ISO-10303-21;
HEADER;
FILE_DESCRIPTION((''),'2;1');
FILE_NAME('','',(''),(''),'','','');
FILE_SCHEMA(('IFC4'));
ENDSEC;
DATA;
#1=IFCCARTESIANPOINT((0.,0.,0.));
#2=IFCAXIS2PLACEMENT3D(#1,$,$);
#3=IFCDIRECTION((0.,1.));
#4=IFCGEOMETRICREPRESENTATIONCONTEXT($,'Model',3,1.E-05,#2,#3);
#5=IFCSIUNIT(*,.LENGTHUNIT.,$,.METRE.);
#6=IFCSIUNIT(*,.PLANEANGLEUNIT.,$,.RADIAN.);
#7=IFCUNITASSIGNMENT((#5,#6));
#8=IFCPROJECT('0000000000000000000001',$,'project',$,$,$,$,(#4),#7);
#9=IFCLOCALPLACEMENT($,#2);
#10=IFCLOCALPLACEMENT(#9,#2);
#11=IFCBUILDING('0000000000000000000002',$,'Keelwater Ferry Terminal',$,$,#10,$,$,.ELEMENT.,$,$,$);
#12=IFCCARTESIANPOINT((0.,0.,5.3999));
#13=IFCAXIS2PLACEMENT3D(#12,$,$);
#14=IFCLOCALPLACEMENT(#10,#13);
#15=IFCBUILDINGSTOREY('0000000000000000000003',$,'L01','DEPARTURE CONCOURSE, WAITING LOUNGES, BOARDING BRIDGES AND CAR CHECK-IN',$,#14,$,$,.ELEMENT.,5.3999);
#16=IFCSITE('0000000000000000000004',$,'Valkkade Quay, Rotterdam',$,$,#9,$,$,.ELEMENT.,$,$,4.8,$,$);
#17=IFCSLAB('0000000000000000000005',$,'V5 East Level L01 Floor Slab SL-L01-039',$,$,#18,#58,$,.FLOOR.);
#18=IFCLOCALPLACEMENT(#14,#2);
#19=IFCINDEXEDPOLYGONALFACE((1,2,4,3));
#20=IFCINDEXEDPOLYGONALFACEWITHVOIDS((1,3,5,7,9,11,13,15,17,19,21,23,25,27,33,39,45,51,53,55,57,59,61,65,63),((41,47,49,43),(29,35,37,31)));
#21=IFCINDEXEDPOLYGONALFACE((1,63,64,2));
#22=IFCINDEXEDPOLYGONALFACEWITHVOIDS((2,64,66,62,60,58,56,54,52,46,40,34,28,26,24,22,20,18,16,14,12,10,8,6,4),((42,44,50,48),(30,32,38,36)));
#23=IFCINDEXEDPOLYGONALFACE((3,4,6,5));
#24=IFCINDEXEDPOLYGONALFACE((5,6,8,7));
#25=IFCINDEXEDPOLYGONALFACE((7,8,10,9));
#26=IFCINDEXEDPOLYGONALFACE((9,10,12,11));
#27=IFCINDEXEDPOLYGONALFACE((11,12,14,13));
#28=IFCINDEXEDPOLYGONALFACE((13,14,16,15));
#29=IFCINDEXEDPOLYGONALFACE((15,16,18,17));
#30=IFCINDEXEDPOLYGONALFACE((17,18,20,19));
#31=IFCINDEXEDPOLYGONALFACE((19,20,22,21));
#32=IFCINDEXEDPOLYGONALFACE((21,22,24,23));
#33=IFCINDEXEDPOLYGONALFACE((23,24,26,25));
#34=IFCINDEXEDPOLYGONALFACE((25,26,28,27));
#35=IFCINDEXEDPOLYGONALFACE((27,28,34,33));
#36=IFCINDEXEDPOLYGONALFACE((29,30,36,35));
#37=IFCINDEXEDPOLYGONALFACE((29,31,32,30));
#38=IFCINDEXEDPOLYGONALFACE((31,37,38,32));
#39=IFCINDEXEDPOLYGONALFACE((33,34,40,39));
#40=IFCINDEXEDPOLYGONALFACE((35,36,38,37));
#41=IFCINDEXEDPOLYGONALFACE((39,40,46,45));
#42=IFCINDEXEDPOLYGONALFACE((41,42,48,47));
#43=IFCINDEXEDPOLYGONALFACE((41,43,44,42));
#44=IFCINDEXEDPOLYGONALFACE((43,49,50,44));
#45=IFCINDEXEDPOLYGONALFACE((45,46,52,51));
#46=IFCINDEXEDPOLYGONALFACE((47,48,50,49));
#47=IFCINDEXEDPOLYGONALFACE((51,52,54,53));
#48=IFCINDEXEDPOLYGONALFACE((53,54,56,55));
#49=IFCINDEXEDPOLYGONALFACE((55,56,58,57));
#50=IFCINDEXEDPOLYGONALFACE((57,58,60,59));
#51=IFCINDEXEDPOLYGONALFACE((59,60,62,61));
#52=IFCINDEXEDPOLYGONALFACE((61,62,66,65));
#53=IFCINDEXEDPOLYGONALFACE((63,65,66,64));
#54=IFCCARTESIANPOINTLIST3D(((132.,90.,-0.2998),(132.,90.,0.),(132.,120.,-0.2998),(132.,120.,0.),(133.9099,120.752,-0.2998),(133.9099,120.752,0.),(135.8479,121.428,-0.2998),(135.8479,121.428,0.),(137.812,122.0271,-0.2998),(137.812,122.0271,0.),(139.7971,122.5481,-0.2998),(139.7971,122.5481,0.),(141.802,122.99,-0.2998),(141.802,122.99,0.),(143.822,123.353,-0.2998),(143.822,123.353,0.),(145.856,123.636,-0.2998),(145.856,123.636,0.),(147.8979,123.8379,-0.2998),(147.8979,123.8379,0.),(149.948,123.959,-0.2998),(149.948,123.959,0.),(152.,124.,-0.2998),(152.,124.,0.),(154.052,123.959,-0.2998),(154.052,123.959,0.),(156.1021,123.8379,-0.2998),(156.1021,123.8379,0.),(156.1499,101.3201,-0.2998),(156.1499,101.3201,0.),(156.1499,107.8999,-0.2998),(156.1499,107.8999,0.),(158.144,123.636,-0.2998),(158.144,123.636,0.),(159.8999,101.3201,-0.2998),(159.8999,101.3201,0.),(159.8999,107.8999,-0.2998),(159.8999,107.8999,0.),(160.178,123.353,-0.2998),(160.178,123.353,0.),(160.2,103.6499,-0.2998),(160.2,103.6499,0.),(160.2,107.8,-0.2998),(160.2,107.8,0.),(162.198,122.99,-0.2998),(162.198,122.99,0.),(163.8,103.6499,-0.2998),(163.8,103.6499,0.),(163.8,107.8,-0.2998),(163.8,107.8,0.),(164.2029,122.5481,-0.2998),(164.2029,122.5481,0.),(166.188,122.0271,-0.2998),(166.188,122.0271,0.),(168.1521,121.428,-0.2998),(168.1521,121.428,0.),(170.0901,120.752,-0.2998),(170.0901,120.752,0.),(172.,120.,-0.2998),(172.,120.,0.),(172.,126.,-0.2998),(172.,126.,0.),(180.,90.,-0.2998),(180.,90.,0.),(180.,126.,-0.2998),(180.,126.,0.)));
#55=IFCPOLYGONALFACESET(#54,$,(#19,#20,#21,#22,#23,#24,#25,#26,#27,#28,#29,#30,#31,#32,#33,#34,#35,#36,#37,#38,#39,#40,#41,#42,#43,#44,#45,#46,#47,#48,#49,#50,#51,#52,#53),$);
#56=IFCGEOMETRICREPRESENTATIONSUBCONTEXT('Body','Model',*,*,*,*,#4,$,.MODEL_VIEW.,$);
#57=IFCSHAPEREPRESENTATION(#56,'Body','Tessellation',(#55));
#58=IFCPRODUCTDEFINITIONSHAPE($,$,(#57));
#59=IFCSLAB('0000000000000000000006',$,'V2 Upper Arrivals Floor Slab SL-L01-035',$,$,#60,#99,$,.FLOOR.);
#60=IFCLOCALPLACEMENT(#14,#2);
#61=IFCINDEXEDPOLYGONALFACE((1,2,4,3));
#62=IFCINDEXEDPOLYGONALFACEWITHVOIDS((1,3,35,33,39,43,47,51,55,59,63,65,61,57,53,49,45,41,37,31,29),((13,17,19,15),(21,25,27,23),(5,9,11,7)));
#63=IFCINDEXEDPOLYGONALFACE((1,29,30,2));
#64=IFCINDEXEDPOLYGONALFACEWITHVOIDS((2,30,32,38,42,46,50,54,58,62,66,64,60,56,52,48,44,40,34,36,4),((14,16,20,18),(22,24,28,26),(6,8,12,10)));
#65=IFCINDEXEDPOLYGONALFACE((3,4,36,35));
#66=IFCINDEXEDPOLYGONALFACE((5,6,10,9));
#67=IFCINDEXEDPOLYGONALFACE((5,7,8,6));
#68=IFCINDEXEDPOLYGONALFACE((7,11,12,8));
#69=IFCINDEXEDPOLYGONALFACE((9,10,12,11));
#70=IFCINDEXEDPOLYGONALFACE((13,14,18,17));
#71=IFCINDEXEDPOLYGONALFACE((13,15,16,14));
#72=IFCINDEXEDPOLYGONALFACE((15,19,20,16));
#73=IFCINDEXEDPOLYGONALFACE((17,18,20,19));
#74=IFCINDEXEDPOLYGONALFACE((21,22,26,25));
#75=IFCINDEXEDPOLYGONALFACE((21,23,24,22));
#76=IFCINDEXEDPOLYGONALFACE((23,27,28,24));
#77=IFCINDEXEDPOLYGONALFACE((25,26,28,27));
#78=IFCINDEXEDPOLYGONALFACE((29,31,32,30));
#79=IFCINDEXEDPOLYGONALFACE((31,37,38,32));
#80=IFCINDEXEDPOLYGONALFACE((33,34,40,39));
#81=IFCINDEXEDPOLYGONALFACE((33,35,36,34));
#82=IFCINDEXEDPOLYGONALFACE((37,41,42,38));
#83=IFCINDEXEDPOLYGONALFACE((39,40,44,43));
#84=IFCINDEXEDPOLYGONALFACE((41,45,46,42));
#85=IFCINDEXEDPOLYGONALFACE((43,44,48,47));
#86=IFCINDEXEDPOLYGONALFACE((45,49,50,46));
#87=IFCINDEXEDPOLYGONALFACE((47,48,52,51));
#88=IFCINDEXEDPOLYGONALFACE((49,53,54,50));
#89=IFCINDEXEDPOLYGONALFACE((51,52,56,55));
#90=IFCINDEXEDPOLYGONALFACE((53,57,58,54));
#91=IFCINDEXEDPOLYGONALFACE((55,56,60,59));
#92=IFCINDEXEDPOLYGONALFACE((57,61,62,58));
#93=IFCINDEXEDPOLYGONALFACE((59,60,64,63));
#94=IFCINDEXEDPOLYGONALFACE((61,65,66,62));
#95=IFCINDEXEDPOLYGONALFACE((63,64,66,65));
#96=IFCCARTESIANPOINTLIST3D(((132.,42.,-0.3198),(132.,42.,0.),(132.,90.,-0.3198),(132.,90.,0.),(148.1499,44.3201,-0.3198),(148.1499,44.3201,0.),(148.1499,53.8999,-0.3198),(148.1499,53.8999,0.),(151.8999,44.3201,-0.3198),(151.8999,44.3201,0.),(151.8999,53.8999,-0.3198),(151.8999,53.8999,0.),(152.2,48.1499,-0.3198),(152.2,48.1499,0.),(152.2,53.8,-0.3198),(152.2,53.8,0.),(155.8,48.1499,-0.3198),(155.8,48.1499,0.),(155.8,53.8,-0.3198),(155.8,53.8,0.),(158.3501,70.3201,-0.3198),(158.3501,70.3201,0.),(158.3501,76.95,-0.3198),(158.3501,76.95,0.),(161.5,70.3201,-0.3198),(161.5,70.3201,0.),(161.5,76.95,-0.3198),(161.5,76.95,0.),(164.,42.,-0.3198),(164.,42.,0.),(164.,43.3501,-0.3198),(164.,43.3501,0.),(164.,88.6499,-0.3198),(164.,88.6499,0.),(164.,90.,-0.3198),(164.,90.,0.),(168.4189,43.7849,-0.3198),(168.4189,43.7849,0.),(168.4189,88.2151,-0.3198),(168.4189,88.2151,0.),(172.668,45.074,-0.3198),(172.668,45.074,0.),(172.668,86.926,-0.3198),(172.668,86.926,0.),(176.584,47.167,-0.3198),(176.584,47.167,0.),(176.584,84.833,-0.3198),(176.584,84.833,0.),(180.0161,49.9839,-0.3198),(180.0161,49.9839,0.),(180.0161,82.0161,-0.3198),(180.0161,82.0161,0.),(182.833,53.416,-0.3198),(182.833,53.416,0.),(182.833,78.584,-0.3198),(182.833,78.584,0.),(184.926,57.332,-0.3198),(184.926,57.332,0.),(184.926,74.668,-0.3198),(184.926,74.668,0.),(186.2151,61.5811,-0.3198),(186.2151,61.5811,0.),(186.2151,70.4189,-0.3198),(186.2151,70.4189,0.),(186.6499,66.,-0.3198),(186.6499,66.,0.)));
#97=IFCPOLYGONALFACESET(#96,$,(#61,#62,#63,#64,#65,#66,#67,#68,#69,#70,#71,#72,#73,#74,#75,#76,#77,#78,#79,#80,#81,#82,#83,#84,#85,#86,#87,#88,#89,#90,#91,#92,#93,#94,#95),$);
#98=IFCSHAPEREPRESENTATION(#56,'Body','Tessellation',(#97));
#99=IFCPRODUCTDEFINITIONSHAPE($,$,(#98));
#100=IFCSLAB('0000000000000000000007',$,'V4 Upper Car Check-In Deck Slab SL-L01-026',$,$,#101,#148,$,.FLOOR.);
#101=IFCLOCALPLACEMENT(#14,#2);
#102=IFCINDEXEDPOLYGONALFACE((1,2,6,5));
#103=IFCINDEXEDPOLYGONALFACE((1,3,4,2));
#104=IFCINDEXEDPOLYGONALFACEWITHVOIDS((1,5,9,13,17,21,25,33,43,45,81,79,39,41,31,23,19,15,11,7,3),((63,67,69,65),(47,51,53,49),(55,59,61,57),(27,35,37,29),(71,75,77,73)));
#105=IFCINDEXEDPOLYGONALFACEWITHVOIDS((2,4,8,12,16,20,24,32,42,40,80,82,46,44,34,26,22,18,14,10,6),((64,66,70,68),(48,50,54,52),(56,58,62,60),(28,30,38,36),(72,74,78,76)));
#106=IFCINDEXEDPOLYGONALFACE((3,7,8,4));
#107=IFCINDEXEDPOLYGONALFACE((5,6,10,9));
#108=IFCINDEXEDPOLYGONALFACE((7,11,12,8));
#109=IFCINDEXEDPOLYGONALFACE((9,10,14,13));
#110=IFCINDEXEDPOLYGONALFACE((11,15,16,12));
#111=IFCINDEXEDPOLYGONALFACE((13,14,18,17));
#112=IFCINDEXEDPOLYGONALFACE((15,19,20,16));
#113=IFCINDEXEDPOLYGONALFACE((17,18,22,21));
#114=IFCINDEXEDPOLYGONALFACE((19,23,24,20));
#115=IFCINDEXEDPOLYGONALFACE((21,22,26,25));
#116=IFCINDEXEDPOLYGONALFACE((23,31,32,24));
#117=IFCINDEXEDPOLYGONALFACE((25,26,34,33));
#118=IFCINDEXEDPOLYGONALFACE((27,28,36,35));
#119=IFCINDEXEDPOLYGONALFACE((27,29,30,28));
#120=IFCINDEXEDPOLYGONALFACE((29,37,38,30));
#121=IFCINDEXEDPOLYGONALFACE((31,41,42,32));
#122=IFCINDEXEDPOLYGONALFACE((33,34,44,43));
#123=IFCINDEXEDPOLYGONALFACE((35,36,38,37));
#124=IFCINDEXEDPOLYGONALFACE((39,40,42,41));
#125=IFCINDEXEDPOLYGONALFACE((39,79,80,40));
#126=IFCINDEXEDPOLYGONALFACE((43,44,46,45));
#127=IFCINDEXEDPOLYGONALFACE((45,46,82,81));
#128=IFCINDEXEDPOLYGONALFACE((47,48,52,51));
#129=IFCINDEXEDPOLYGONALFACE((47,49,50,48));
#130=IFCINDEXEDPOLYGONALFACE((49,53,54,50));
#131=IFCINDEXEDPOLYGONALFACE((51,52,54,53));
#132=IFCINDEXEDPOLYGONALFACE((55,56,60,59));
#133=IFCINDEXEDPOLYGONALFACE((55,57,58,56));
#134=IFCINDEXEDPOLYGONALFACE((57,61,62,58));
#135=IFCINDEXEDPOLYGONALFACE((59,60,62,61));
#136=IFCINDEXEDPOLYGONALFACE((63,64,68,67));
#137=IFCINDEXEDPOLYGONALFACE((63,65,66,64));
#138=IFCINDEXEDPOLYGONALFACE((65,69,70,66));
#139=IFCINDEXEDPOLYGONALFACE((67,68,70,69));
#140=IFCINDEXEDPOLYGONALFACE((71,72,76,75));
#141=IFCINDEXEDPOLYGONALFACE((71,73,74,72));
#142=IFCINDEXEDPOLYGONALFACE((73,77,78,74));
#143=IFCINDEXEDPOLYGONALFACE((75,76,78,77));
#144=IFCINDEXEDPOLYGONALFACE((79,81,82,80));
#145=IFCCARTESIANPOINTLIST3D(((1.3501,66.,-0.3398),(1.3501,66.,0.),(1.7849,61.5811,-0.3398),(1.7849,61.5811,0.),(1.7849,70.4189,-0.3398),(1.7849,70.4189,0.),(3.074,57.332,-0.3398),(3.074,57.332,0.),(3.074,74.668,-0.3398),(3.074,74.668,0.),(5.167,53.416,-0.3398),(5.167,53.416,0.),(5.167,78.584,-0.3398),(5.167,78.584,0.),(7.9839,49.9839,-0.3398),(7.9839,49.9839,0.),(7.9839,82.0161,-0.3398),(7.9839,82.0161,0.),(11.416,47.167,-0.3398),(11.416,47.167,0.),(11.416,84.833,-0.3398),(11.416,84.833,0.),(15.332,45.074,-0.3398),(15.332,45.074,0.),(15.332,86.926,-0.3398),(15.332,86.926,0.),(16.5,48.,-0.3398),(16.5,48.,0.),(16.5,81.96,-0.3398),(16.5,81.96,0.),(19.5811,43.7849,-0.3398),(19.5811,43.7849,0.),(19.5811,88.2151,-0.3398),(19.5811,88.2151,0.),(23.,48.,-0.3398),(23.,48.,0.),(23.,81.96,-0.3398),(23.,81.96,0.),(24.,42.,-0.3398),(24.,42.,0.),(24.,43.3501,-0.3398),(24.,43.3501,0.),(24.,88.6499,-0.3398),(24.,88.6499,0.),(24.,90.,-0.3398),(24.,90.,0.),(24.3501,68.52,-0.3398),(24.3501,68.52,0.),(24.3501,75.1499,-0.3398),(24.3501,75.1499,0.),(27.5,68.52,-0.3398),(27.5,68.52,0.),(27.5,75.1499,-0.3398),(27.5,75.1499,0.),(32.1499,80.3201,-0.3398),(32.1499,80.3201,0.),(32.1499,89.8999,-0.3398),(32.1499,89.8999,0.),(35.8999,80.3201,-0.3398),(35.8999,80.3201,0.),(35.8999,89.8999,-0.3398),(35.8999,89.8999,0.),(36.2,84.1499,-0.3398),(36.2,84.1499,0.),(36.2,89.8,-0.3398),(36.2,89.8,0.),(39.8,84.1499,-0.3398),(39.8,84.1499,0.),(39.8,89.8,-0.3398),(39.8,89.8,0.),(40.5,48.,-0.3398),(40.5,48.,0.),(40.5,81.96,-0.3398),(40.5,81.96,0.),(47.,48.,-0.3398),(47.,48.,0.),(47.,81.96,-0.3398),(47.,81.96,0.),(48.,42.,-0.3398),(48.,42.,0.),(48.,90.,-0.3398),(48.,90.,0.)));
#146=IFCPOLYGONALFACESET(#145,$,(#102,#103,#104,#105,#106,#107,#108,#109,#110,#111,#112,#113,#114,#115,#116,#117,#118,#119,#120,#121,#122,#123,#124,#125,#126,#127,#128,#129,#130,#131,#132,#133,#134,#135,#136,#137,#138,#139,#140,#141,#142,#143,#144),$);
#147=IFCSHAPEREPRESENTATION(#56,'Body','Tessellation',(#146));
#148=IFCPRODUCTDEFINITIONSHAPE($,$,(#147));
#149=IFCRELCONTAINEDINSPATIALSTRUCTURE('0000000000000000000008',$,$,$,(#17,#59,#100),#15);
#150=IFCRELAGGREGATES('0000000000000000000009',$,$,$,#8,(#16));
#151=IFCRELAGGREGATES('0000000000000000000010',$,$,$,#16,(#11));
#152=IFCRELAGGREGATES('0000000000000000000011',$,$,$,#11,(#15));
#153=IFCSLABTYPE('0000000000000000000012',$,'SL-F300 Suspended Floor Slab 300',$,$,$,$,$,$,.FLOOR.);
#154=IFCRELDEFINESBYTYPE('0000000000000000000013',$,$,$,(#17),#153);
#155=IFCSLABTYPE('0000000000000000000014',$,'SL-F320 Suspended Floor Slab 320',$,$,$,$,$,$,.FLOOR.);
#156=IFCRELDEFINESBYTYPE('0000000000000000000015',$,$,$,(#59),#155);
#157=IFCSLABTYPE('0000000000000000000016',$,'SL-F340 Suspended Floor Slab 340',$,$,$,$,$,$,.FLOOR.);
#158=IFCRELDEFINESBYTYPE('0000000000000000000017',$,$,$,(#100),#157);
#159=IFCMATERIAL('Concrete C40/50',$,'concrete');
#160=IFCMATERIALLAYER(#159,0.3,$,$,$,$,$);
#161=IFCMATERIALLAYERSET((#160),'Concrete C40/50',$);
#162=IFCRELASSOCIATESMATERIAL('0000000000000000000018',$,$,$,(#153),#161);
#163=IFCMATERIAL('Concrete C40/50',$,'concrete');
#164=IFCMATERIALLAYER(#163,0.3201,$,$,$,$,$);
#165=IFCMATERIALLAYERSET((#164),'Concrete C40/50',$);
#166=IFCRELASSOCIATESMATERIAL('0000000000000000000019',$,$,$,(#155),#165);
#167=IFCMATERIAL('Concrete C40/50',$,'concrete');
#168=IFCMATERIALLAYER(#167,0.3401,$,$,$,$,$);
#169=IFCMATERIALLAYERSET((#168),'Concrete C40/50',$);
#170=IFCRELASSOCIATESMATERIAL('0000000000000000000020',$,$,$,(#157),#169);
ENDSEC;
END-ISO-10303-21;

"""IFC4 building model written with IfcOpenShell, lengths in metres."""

from ifc_helpers import new_model, si_unit, direction, frame, origin, place, context, subcontext, project, spatial, polyline, outline, extrude, material, layer, layer_set, type_object, element, save


model = new_model("IFC4")

# Units and contexts
model_context = context("Model", 3, precision=1e-05, world=origin(), true_north=direction((0.0, 1.0)))
body_context = subcontext(model_context, "Body", "Model", "MODEL_VIEW")
ifc_project = project(units=[si_unit("LENGTHUNIT", "METRE"), si_unit("PLANEANGLEUNIT", "RADIAN")], contexts=[model_context])

# Site, building, storey
site_placement = place(None, origin())
site = spatial("IfcSite", under=ifc_project, at=site_placement, Name="Valkkade Quay, Rotterdam", CompositionType="ELEMENT", RefElevation=4.8)
building_placement = place(site_placement, origin())
building = spatial("IfcBuilding", under=site, at=building_placement, Name="Keelwater Ferry Terminal", CompositionType="ELEMENT")
storey_placement = place(building_placement, frame((0.0, 0.0, 5.3999)))
storey = spatial("IfcBuildingStorey", under=building, at=storey_placement, Name="L01", Description="DEPARTURE CONCOURSE, WAITING LOUNGES, BOARDING BRIDGES AND CAR CHECK-IN", CompositionType="ELEMENT", Elevation=5.3999)

# Slabs
ifc_material_1 = material(Name="Concrete C40/50", Category="concrete")
ifc_layer_1 = layer(ifc_material_1, 0.3)
ifc_layer_set_1 = layer_set([ifc_layer_1], Name="Concrete C40/50")
slab_type_1 = type_object("IfcSlabType", Name="SL-F300 Suspended Floor Slab 300", PredefinedType="FLOOR", material=ifc_layer_set_1)
slab_1_placement = place(storey_placement, frame((0.0, 0.0, -0.2998)))
element("IfcSlab", 1, at=slab_1_placement, inside=storey, type_object=slab_type_1, Name="V5 East Level L01 Floor Slab SL-L01-039", PredefinedType="FLOOR", context=body_context, shape_type="SweptSolid", body=[
    extrude(outline(polyline([(132.0, 90.0), (180.0, 90.0), (180.0, 126.0), (172.0, 126.0), (172.0, 120.0), (170.0901, 120.752), (168.1521, 121.428), (166.188, 122.0271), (164.2029, 122.5481), (162.198, 122.99), (160.178, 123.353), (158.144, 123.636), (156.1021, 123.8379), (154.052, 123.959), (152.0, 124.0), (149.948, 123.959), (147.8979, 123.8379), (145.856, 123.636), (143.822, 123.353), (141.802, 122.99), (139.7971, 122.5481), (137.812, 122.0271), (135.8479, 121.428), (133.9099, 120.752), (132.0, 120.0), (132.0, 90.0)]), holes=[polyline([(156.1499, 101.3201), (159.8999, 101.3201), (159.8999, 107.8999), (156.1499, 107.8999), (156.1499, 101.3201)]), polyline([(160.2, 103.6499), (163.8, 103.6499), (163.8, 107.8), (160.2, 107.8), (160.2, 103.6499)])]), origin(), (0.0, 0.0, 1.0), 0.2998),
])
ifc_material_2 = material(Name="Concrete C40/50", Category="concrete")
ifc_layer_2 = layer(ifc_material_2, 0.3201)
ifc_layer_set_2 = layer_set([ifc_layer_2], Name="Concrete C40/50")
slab_type_2 = type_object("IfcSlabType", Name="SL-F320 Suspended Floor Slab 320", PredefinedType="FLOOR", material=ifc_layer_set_2)
slab_2_placement = place(storey_placement, frame((0.0, 0.0, -0.3198)))
element("IfcSlab", 2, at=slab_2_placement, inside=storey, type_object=slab_type_2, Name="V2 Upper Arrivals Floor Slab SL-L01-035", PredefinedType="FLOOR", context=body_context, shape_type="SweptSolid", body=[
    extrude(outline(polyline([(132.0, 42.0), (164.0, 42.0), (164.0, 43.3501), (168.4189, 43.7849), (172.668, 45.074), (176.584, 47.167), (180.0161, 49.9839), (182.833, 53.416), (184.926, 57.332), (186.2151, 61.5811), (186.6499, 66.0), (186.2151, 70.4189), (184.926, 74.668), (182.833, 78.584), (180.0161, 82.0161), (176.584, 84.833), (172.668, 86.926), (168.4189, 88.2151), (164.0, 88.6499), (164.0, 90.0), (132.0, 90.0), (132.0, 42.0)]), holes=[polyline([(148.1499, 44.3201), (151.8999, 44.3201), (151.8999, 53.8999), (148.1499, 53.8999), (148.1499, 44.3201)]), polyline([(152.2, 48.1499), (155.8, 48.1499), (155.8, 53.8), (152.2, 53.8), (152.2, 48.1499)]), polyline([(158.3501, 70.3201), (161.5, 70.3201), (161.5, 76.95), (158.3501, 76.95), (158.3501, 70.3201)])]), origin(), (0.0, 0.0, 1.0), 0.3198),
])
ifc_material_3 = material(Name="Concrete C40/50", Category="concrete")
ifc_layer_3 = layer(ifc_material_3, 0.3401)
ifc_layer_set_3 = layer_set([ifc_layer_3], Name="Concrete C40/50")
slab_type_3 = type_object("IfcSlabType", Name="SL-F340 Suspended Floor Slab 340", PredefinedType="FLOOR", material=ifc_layer_set_3)
slab_3_placement = place(storey_placement, frame((0.0, 0.0, -0.3398)))
element("IfcSlab", 3, at=slab_3_placement, inside=storey, type_object=slab_type_3, Name="V4 Upper Car Check-In Deck Slab SL-L01-026", PredefinedType="FLOOR", context=body_context, shape_type="SweptSolid", body=[
    extrude(outline(polyline([(24.0, 90.0), (24.0, 88.6499), (19.5811, 88.2151), (15.332, 86.926), (11.416, 84.833), (7.9839, 82.0161), (5.167, 78.584), (3.074, 74.668), (1.7849, 70.4189), (1.3501, 66.0), (1.7849, 61.5811), (3.074, 57.332), (5.167, 53.416), (7.9839, 49.9839), (11.416, 47.167), (15.332, 45.074), (19.5811, 43.7849), (24.0, 43.3501), (24.0, 42.0), (48.0, 42.0), (48.0, 90.0), (24.0, 90.0)]), holes=[polyline([(32.1499, 80.3201), (35.8999, 80.3201), (35.8999, 89.8999), (32.1499, 89.8999), (32.1499, 80.3201)]), polyline([(36.2, 84.1499), (39.8, 84.1499), (39.8, 89.8), (36.2, 89.8), (36.2, 84.1499)]), polyline([(16.5, 48.0), (23.0, 48.0), (23.0, 81.96), (16.5, 81.96), (16.5, 48.0)]), polyline([(40.5, 48.0), (47.0, 48.0), (47.0, 81.96), (40.5, 81.96), (40.5, 48.0)]), polyline([(24.3501, 68.52), (27.5, 68.52), (27.5, 75.1499), (24.3501, 75.1499), (24.3501, 68.52)])]), origin(), (0.0, 0.0, 1.0), 0.3398),
])

save(model, "model.ifc")
